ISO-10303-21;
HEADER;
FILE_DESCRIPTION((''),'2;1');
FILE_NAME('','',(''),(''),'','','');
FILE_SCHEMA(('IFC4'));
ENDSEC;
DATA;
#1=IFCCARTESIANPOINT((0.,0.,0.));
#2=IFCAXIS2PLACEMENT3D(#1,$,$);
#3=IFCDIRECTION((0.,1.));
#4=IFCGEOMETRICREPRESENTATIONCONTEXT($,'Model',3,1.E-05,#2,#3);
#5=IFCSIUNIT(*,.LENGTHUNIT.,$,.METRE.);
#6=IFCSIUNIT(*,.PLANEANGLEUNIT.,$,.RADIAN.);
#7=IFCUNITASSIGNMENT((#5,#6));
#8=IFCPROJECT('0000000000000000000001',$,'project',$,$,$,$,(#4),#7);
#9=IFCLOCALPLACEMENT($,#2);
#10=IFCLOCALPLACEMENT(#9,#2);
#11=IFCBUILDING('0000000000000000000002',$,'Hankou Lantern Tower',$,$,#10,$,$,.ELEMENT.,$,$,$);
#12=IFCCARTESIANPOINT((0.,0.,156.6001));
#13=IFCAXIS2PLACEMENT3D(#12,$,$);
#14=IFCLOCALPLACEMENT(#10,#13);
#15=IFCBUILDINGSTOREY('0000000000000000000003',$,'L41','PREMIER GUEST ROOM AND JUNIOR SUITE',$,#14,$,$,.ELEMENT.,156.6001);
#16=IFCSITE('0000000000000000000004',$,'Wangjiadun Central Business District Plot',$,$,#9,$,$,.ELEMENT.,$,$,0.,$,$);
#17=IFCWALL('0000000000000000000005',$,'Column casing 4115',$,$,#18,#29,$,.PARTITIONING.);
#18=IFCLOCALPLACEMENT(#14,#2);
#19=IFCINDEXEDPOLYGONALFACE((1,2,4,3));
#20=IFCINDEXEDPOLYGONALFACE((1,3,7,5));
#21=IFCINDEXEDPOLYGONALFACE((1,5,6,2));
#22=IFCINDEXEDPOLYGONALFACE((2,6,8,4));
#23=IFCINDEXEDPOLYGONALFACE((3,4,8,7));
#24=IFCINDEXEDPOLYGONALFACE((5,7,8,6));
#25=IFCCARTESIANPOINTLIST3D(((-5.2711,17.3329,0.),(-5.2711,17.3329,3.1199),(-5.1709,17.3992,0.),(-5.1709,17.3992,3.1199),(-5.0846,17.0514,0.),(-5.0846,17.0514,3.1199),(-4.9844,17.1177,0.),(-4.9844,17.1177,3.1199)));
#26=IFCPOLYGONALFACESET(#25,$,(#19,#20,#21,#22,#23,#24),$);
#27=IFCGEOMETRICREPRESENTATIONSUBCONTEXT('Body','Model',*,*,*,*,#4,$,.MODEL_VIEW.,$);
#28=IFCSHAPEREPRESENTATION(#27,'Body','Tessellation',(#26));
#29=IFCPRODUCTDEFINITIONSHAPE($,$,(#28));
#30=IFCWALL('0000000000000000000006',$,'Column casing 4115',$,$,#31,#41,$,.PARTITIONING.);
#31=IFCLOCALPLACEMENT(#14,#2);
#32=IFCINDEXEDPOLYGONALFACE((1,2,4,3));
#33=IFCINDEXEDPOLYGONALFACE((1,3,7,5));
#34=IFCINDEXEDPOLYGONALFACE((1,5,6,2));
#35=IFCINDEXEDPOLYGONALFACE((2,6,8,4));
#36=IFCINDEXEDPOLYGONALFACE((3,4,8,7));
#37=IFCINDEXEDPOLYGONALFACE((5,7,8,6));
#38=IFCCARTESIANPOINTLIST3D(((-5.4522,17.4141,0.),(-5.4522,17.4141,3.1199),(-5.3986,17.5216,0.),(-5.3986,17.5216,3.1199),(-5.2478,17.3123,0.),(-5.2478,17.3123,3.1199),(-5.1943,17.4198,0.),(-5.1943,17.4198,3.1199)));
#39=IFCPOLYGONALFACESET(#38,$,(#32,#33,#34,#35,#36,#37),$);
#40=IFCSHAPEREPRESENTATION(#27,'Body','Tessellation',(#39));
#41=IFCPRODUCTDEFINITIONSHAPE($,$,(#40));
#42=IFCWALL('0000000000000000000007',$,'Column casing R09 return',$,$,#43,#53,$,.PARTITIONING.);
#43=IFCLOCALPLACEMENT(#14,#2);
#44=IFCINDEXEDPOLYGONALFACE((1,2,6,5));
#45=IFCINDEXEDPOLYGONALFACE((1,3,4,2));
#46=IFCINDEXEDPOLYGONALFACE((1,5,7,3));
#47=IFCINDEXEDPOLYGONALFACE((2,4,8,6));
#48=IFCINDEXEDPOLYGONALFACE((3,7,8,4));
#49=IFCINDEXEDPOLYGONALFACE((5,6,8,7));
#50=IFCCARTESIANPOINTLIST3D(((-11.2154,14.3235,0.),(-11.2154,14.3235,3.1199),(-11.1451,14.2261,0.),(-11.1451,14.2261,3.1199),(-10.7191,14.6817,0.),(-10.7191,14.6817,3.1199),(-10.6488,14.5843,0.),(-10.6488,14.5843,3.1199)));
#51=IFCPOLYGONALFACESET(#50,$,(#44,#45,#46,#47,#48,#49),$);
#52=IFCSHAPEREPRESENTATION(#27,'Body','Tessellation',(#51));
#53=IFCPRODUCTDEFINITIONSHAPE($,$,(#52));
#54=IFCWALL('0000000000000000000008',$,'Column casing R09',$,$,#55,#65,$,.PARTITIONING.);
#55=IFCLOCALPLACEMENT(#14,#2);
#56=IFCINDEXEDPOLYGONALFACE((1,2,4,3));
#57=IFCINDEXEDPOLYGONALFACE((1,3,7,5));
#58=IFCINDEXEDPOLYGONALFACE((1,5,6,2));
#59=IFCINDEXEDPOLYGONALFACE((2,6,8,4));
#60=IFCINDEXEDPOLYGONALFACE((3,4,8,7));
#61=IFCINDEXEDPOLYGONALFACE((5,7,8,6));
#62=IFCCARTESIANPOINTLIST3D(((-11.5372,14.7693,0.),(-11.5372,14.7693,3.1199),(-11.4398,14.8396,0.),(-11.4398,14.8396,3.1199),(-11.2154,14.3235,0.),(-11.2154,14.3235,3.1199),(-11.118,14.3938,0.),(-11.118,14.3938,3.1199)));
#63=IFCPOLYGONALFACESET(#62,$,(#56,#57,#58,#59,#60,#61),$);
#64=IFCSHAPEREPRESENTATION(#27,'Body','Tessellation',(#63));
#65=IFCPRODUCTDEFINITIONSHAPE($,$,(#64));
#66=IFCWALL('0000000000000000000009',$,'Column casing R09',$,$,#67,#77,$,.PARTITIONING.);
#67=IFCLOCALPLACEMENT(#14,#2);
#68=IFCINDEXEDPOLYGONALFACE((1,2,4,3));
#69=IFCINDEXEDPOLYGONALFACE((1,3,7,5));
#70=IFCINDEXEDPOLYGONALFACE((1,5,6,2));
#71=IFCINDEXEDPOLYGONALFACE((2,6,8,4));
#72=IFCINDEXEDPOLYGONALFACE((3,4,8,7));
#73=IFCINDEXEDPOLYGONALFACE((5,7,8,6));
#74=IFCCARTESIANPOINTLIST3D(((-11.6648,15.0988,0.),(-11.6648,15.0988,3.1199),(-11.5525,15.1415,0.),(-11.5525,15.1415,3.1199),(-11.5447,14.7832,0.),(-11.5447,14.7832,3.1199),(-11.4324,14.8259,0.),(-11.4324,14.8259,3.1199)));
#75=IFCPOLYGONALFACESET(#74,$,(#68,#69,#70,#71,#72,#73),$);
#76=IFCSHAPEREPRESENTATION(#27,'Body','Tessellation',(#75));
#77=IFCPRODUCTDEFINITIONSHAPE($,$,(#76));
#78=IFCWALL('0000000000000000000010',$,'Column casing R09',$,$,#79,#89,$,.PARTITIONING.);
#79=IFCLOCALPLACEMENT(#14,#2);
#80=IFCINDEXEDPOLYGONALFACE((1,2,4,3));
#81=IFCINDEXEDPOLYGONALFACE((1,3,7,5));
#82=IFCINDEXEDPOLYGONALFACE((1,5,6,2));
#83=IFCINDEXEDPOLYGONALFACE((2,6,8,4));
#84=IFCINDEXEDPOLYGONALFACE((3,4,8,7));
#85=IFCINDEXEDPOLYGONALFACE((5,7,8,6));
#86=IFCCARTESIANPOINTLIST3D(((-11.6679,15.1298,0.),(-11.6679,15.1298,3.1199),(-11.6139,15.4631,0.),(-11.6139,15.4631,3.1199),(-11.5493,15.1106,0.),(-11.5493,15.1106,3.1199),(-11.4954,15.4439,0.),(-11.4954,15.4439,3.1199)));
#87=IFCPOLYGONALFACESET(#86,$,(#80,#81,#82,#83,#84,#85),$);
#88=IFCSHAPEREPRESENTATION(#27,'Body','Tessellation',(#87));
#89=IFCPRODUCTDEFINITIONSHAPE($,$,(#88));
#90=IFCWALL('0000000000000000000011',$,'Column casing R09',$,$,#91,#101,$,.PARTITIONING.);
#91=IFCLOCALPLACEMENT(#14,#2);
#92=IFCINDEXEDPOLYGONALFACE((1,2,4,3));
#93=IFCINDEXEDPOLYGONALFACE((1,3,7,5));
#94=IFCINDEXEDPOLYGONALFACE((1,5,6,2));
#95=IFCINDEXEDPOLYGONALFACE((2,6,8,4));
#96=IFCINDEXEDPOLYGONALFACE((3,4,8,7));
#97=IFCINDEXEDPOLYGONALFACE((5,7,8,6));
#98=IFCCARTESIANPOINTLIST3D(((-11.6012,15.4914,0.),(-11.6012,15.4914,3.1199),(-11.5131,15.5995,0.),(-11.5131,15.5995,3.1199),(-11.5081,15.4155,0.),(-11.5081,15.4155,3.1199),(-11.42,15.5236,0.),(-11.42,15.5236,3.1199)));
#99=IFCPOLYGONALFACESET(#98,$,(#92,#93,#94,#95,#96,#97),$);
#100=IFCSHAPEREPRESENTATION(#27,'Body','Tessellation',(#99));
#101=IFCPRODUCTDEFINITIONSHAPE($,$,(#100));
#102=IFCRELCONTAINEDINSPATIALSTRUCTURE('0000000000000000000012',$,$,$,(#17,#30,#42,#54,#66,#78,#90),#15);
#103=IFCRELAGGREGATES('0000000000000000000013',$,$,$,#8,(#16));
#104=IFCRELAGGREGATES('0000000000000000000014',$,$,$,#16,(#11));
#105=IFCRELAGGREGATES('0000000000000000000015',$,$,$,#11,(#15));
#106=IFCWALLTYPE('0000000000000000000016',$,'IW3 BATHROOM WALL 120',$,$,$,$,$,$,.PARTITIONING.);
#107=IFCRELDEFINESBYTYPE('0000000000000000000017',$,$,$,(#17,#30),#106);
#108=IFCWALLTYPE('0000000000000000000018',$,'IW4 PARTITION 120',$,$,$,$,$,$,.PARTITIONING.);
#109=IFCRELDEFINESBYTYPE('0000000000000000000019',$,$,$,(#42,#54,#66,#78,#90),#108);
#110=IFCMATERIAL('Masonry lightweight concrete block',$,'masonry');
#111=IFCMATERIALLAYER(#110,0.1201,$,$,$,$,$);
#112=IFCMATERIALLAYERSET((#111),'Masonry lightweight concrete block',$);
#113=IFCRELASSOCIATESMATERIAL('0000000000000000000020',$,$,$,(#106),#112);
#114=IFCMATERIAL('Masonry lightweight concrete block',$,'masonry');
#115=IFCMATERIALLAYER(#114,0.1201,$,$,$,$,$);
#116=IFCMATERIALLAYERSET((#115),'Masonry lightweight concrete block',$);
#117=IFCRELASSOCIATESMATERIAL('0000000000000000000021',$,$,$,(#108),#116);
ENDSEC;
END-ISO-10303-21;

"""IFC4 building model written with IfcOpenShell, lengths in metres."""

from ifc_helpers import new_model, si_unit, direction, frame, frame_2d, origin, place, context, subcontext, project, spatial, rectangle, extrude, material, layer, layer_set, type_object, element, save


model = new_model("IFC4")

# Units and contexts
model_context = context("Model", 3, precision=1e-05, world=origin(), true_north=direction((0.0, 1.0)))
body_context = subcontext(model_context, "Body", "Model", "MODEL_VIEW")
ifc_project = project(units=[si_unit("LENGTHUNIT", "METRE"), si_unit("PLANEANGLEUNIT", "RADIAN")], contexts=[model_context])

# Site, building, storey
site_placement = place(None, origin())
site = spatial("IfcSite", under=ifc_project, at=site_placement, Name="Wangjiadun Central Business District Plot", CompositionType="ELEMENT", RefElevation=0.0)
building_placement = place(site_placement, origin())
building = spatial("IfcBuilding", under=site, at=building_placement, Name="Hankou Lantern Tower", CompositionType="ELEMENT")
storey_placement = place(building_placement, frame((0.0, 0.0, 156.6001)))
storey = spatial("IfcBuildingStorey", under=building, at=storey_placement, Name="L41", Description="PREMIER GUEST ROOM AND JUNIOR SUITE", CompositionType="ELEMENT", Elevation=156.6001)

# Shared definitions
ifc_material_1 = material(Name="Masonry lightweight concrete block", Category="masonry")
ifc_layer_1 = layer(ifc_material_1, 0.1201)
ifc_layer_set_1 = layer_set([ifc_layer_1], Name="Masonry lightweight concrete block")
wall_type_1 = type_object("IfcWallType", Name="IW3 BATHROOM WALL 120", PredefinedType="PARTITIONING", material=ifc_layer_set_1)

# Walls
wall_1_placement = place(storey_placement, frame((-5.0344, 17.0845, 0.0), z_axis=(0.0, 0.0, 1.0), x_axis=(-0.552362, 0.833604, 0.0)))
element("IfcWall", 1, at=wall_1_placement, inside=storey, type_object=wall_type_1, Name="Column casing 4115", PredefinedType="PARTITIONING", context=body_context, shape_type="SweptSolid", body=[
    extrude(rectangle(XDim=0.3376, YDim=0.1201, at=frame_2d((0.1689, 0.0))), origin(), (0.0, 0.0, 1.0), 3.1199),
])
wall_2_placement = place(storey_placement, frame((-5.2209, 17.366, 0.0), z_axis=(0.0, 0.0, 1.0), x_axis=(-0.895068, 0.44593, 0.0)))
element("IfcWall", 2, at=wall_2_placement, inside=storey, type_object=wall_type_1, Name="Column casing 4115", PredefinedType="PARTITIONING", context=body_context, shape_type="SweptSolid", body=[
    extrude(rectangle(XDim=0.2283, YDim=0.1201, at=frame_2d((0.1143, 0.0))), origin(), (0.0, 0.0, 1.0), 3.1199),
])
ifc_material_2 = material(Name="Masonry lightweight concrete block", Category="masonry")
ifc_layer_2 = layer(ifc_material_2, 0.1201)
ifc_layer_set_2 = layer_set([ifc_layer_2], Name="Masonry lightweight concrete block")
wall_type_2 = type_object("IfcWallType", Name="IW4 PARTITION 120", PredefinedType="PARTITIONING", material=ifc_layer_set_2)
wall_3_placement = place(storey_placement, frame((-10.6838, 14.6331, 0.0), z_axis=(0.0, 0.0, 1.0), x_axis=(-0.810921, -0.585156, 0.0)))
element("IfcWall", 3, at=wall_3_placement, inside=storey, type_object=wall_type_2, Name="Column casing R09 return", PredefinedType="PARTITIONING", context=body_context, shape_type="SweptSolid", body=[
    extrude(rectangle(XDim=0.6121, YDim=0.1201, at=frame_2d((0.3062, 0.0))), origin(), (0.0, 0.0, 1.0), 3.1199),
])
wall_4_placement = place(storey_placement, frame((-11.1667, 14.3586, 0.0), z_axis=(0.0, 0.0, 1.0), x_axis=(-0.585264, 0.810843, 0.0)))
element("IfcWall", 4, at=wall_4_placement, inside=storey, type_object=wall_type_2, Name="Column casing R09", PredefinedType="PARTITIONING", context=body_context, shape_type="SweptSolid", body=[
    extrude(rectangle(XDim=0.5498, YDim=0.1201, at=frame_2d((0.2749, 0.0))), origin(), (0.0, 0.0, 1.0), 3.1199),
])
for number, where, z_axis, x_axis, name in (
    (5, (-11.4885, 14.8044, 0.0), (0.0, 0.0, 1.0), (-0.355635, 0.934625, 0.0), "Column casing R09"),
    (6, (-11.6086, 15.1201, 0.0), (0.0, 0.0, 1.0), (0.159824, 0.987146, 0.0), "Column casing R09"),
):
    element("IfcWall", number, at=place(storey_placement, frame(where, z_axis=z_axis, x_axis=x_axis)), inside=storey, type_object=wall_type_2, Name=name, PredefinedType="PARTITIONING", context=body_context, shape_type="SweptSolid", body=[
        extrude(rectangle(XDim=0.3376, YDim=0.1201, at=frame_2d((0.1689, 0.0))), origin(), (0.0, 0.0, 1.0), 3.1199),
    ])
wall_5_placement = place(storey_placement, frame((-11.5547, 15.4534, 0.0), z_axis=(0.0, 0.0, 1.0), x_axis=(0.631712, 0.775203, 0.0)))
element("IfcWall", 7, at=wall_5_placement, inside=storey, type_object=wall_type_2, Name="Column casing R09", PredefinedType="PARTITIONING", context=body_context, shape_type="SweptSolid", body=[
    extrude(rectangle(XDim=0.1394, YDim=0.1201, at=frame_2d((0.0698, 0.0))), origin(), (0.0, 0.0, 1.0), 3.1199),
])

save(model, "model.ifc")
